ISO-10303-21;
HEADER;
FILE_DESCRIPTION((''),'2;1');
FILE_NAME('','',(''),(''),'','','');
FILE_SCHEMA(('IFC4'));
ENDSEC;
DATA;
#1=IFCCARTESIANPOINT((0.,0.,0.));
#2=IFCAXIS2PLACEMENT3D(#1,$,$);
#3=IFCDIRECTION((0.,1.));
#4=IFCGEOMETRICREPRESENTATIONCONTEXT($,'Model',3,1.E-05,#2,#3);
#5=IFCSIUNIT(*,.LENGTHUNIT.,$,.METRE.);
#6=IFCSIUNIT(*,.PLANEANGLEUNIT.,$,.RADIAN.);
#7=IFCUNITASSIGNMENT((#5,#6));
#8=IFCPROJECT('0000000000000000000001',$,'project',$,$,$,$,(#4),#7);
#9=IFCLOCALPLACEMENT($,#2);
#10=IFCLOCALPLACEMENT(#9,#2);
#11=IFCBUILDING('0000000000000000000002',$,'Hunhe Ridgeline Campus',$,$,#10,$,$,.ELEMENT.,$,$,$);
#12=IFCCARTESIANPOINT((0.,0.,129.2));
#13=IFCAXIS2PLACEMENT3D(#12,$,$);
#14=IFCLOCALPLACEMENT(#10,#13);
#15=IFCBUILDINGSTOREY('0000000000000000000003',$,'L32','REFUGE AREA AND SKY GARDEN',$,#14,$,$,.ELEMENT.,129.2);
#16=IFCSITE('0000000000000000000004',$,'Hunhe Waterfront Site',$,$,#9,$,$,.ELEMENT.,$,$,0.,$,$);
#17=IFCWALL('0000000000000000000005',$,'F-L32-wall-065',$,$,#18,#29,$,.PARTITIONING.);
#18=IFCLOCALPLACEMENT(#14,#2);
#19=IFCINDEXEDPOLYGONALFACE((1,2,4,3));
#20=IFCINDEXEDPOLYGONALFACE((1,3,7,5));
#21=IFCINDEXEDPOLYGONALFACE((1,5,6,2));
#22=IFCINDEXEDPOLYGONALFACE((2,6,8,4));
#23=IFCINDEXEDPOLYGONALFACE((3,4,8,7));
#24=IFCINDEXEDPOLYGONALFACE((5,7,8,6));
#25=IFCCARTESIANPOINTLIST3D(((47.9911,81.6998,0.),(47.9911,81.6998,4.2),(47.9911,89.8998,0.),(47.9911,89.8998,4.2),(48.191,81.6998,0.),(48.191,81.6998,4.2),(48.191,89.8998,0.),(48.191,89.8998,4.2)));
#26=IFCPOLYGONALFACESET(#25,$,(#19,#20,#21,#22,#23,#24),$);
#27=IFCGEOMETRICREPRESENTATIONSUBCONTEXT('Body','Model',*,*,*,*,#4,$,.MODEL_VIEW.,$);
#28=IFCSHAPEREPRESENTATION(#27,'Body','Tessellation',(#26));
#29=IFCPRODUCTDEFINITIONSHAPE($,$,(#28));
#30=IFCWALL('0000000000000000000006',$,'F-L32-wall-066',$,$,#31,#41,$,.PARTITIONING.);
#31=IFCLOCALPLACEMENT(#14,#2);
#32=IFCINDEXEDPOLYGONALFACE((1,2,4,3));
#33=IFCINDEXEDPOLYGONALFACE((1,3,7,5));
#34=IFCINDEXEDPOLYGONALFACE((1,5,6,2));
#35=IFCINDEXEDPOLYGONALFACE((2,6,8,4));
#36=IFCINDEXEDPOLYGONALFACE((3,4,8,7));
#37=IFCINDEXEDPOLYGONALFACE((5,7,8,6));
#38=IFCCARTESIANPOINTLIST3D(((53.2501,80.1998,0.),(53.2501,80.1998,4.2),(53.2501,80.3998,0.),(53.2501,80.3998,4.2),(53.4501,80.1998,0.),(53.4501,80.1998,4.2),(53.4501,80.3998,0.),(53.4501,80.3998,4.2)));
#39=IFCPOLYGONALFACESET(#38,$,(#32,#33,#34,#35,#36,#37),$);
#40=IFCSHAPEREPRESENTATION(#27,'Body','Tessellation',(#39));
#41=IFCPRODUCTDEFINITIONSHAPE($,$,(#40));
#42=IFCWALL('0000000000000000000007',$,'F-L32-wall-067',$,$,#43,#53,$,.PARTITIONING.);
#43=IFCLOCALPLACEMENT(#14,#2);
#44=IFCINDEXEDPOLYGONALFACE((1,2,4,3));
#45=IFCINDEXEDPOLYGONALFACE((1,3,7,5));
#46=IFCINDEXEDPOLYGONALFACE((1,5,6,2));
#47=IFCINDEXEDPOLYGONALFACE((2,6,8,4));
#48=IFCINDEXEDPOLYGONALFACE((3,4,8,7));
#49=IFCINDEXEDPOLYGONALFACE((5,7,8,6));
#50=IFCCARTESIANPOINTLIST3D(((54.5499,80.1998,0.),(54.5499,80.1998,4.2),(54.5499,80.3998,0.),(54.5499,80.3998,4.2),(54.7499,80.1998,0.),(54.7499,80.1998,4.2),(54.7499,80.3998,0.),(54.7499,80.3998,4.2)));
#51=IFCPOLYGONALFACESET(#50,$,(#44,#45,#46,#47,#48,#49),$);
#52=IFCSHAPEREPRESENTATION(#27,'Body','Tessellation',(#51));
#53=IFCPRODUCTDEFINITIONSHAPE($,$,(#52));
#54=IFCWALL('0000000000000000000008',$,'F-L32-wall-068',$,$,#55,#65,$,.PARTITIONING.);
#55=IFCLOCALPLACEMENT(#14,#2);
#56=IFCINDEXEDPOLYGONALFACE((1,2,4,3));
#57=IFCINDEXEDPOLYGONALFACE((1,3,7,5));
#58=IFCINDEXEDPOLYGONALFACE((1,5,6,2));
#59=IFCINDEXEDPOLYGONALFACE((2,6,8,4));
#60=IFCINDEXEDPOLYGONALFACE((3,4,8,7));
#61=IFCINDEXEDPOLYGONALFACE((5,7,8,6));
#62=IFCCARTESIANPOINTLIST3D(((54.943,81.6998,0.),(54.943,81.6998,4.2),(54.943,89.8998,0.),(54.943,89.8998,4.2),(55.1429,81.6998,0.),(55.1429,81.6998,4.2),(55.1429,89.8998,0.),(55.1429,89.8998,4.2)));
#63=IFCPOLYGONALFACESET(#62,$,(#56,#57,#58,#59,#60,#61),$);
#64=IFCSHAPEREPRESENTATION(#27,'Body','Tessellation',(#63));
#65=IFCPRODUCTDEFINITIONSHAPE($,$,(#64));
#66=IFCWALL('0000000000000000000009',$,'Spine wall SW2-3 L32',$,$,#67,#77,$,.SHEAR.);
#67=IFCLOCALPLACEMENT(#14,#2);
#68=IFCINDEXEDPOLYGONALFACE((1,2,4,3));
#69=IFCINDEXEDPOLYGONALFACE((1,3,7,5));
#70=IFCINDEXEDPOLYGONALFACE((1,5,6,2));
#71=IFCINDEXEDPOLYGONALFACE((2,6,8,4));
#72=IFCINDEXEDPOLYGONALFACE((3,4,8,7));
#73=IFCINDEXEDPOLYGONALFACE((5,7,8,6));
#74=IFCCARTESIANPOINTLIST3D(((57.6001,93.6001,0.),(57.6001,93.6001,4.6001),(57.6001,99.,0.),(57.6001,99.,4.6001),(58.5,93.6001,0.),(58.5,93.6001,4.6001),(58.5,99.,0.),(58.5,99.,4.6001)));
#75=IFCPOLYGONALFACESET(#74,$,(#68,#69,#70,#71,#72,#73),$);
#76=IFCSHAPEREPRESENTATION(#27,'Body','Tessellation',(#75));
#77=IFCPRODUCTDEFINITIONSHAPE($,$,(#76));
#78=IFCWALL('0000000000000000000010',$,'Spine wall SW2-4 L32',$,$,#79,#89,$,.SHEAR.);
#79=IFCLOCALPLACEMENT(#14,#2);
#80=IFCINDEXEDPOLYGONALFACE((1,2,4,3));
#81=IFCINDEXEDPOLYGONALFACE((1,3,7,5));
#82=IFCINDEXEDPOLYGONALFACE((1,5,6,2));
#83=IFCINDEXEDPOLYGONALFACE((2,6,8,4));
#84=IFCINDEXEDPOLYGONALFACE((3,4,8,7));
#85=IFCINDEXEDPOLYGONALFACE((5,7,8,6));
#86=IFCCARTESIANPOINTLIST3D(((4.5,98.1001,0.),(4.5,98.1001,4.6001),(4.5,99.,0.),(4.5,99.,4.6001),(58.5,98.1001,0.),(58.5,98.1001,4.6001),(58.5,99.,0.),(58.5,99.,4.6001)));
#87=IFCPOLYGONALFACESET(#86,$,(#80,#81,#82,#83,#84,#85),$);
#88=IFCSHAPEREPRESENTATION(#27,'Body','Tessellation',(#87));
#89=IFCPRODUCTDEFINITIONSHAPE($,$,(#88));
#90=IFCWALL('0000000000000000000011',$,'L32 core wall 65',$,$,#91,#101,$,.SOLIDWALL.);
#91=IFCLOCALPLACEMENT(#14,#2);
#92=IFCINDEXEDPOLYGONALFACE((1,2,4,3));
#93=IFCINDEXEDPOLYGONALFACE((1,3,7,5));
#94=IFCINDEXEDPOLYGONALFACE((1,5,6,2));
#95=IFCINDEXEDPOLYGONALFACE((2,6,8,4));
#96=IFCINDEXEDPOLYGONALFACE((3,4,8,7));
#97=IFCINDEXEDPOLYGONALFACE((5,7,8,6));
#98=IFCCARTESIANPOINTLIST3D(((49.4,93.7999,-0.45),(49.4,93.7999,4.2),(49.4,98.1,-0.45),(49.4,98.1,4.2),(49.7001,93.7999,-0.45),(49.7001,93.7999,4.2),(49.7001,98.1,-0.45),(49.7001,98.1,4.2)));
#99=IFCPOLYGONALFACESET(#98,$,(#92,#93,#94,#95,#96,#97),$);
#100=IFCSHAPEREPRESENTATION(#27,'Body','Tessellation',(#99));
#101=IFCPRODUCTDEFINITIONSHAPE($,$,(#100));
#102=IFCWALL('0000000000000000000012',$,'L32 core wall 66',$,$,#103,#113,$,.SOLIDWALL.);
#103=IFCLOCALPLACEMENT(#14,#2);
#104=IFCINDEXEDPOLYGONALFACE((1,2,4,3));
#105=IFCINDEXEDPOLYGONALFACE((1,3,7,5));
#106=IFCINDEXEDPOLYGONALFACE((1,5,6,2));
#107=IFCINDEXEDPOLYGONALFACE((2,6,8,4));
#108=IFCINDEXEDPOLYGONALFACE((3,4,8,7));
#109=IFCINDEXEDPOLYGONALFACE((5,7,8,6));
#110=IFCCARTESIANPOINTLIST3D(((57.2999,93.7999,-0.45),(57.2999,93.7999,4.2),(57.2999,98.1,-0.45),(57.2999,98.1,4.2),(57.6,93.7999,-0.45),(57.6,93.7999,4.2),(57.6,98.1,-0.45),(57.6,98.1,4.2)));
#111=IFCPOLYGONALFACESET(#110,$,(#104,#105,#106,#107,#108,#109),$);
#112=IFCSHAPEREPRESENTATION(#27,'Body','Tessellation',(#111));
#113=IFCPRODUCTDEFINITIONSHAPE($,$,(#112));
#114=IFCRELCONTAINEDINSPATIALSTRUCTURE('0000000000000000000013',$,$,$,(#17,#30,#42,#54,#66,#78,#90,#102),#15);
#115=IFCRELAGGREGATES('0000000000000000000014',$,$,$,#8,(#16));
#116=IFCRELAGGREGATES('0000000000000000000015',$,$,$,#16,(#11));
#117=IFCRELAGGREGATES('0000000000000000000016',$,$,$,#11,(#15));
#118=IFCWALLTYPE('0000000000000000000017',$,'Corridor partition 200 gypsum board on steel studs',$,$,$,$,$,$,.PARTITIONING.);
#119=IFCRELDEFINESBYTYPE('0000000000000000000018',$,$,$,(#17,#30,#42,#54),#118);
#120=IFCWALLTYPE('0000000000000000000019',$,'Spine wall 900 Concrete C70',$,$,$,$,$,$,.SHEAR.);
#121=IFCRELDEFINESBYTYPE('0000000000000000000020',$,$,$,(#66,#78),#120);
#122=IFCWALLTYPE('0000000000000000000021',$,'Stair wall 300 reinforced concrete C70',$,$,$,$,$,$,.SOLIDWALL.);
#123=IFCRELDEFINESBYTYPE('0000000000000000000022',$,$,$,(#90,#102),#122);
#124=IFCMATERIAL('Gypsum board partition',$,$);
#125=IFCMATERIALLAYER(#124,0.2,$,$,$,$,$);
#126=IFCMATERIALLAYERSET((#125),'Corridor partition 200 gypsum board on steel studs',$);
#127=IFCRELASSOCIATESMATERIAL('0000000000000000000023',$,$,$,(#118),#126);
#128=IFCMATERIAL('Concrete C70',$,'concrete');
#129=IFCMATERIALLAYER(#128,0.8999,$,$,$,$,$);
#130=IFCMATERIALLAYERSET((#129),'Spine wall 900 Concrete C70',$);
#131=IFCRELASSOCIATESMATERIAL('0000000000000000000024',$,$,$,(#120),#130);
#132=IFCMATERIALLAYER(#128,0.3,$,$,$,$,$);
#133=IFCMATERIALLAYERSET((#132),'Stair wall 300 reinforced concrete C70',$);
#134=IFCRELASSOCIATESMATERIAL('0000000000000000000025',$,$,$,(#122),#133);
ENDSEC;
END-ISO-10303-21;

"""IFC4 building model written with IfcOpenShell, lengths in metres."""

from ifc_helpers import new_model, si_unit, direction, frame, frame_2d, origin, place, context, subcontext, project, spatial, rectangle, extrude, material, layer, layer_set, type_object, element, save


model = new_model("IFC4")

# Units and contexts
model_context = context("Model", 3, precision=1e-05, world=origin(), true_north=direction((0.0, 1.0)))
body_context = subcontext(model_context, "Body", "Model", "MODEL_VIEW")
ifc_project = project(units=[si_unit("LENGTHUNIT", "METRE"), si_unit("PLANEANGLEUNIT", "RADIAN")], contexts=[model_context])

# Site, building, storey
site_placement = place(None, origin())
site = spatial("IfcSite", under=ifc_project, at=site_placement, Name="Hunhe Waterfront Site", CompositionType="ELEMENT", RefElevation=0.0)
building_placement = place(site_placement, origin())
building = spatial("IfcBuilding", under=site, at=building_placement, Name="Hunhe Ridgeline Campus", CompositionType="ELEMENT")
storey_placement = place(building_placement, frame((0.0, 0.0, 129.2)))
storey = spatial("IfcBuildingStorey", under=building, at=storey_placement, Name="L32", Description="REFUGE AREA AND SKY GARDEN", CompositionType="ELEMENT", Elevation=129.2)

# Shared definitions
ifc_material_1 = material(Name="Concrete C70", Category="concrete")

# Shared definitions
ifc_material_2 = material(Name="Gypsum board partition")
ifc_layer_1 = layer(ifc_material_2, 0.2)
ifc_layer_set_1 = layer_set([ifc_layer_1], Name="Corridor partition 200 gypsum board on steel studs")
wall_type_1 = type_object("IfcWallType", Name="Corridor partition 200 gypsum board on steel studs", PredefinedType="PARTITIONING", material=ifc_layer_set_1)

# Walls
wall_1_placement = place(storey_placement, frame((48.0911, 89.8999, 0.0), z_axis=(0.0, 0.0, 1.0), x_axis=(0.0, -1.0, 0.0)))
element("IfcWall", 1, at=wall_1_placement, inside=storey, type_object=wall_type_1, Name="F-L32-wall-065", PredefinedType="PARTITIONING", context=body_context, shape_type="SweptSolid", body=[
    extrude(rectangle(XDim=8.2, YDim=0.2, at=frame_2d((4.1001, 0.0))), origin(), (0.0, 0.0, 1.0), 4.2),
])
for number, where, z_axis, x_axis, name in (
    (2, (53.3501, 80.3999, 0.0), (0.0, 0.0, 1.0), (0.0, -1.0, 0.0), "F-L32-wall-066"),
    (3, (54.6499, 80.3999, 0.0), (0.0, 0.0, 1.0), (0.0, -1.0, 0.0), "F-L32-wall-067"),
):
    element("IfcWall", number, at=place(storey_placement, frame(where, z_axis=z_axis, x_axis=x_axis)), inside=storey, type_object=wall_type_1, Name=name, PredefinedType="PARTITIONING", context=body_context, shape_type="SweptSolid", body=[
        extrude(rectangle(XDim=0.2, YDim=0.2, at=frame_2d((0.1001, 0.0))), origin(), (0.0, 0.0, 1.0), 4.2),
    ])
wall_2_placement = place(storey_placement, frame((55.043, 89.8999, 0.0), z_axis=(0.0, 0.0, 1.0), x_axis=(0.0, -1.0, 0.0)))
element("IfcWall", 4, at=wall_2_placement, inside=storey, type_object=wall_type_1, Name="F-L32-wall-068", PredefinedType="PARTITIONING", context=body_context, shape_type="SweptSolid", body=[
    extrude(rectangle(XDim=8.2, YDim=0.2, at=frame_2d((4.1001, 0.0))), origin(), (0.0, 0.0, 1.0), 4.2),
])
ifc_layer_2 = layer(ifc_material_1, 0.8999)
ifc_layer_set_2 = layer_set([ifc_layer_2], Name="Spine wall 900 Concrete C70")
wall_type_2 = type_object("IfcWallType", Name="Spine wall 900 Concrete C70", PredefinedType="SHEAR", material=ifc_layer_set_2)
wall_3_placement = place(storey_placement, frame((58.05, 93.6001, 0.0), z_axis=(0.0, 0.0, 1.0), x_axis=(0.0, 1.0, 0.0)))
element("IfcWall", 5, at=wall_3_placement, inside=storey, type_object=wall_type_2, Name="Spine wall SW2-3 L32", PredefinedType="SHEAR", context=body_context, shape_type="SweptSolid", body=[
    extrude(rectangle(XDim=5.3999, YDim=0.8999, at=frame_2d((2.7, 0.0))), origin(), (0.0, 0.0, 1.0), 4.6001),
])
wall_4_placement = place(storey_placement, frame((58.5, 98.55, 0.0), z_axis=(0.0, 0.0, 1.0), x_axis=(-1.0, 0.0, 0.0)))
element("IfcWall", 6, at=wall_4_placement, inside=storey, type_object=wall_type_2, Name="Spine wall SW2-4 L32", PredefinedType="SHEAR", context=body_context, shape_type="SweptSolid", body=[
    extrude(rectangle(XDim=54.0, YDim=0.8999, at=frame_2d((27.0, 0.0))), origin(), (0.0, 0.0, 1.0), 4.6001),
])

# Shared definitions
ifc_layer_3 = layer(ifc_material_1, 0.3)
ifc_layer_set_3 = layer_set([ifc_layer_3], Name="Stair wall 300 reinforced concrete C70")
wall_type_3 = type_object("IfcWallType", Name="Stair wall 300 reinforced concrete C70", PredefinedType="SOLIDWALL", material=ifc_layer_set_3)

# Walls
for number, where, z_axis, x_axis, name in (
    (7, (49.55, 93.8, -0.45), (0.0, 0.0, 1.0), (0.0, 1.0, 0.0), "L32 core wall 65"),
    (8, (57.45, 93.8, -0.45), (0.0, 0.0, 1.0), (0.0, 1.0, 0.0), "L32 core wall 66"),
):
    element("IfcWall", number, at=place(storey_placement, frame(where, z_axis=z_axis, x_axis=x_axis)), inside=storey, type_object=wall_type_3, Name=name, PredefinedType="SOLIDWALL", context=body_context, shape_type="SweptSolid", body=[
        extrude(rectangle(XDim=4.3, YDim=0.3, at=frame_2d((2.1499, 0.0))), origin(), (0.0, 0.0, 1.0), 4.6499),
    ])

save(model, "model.ifc")
